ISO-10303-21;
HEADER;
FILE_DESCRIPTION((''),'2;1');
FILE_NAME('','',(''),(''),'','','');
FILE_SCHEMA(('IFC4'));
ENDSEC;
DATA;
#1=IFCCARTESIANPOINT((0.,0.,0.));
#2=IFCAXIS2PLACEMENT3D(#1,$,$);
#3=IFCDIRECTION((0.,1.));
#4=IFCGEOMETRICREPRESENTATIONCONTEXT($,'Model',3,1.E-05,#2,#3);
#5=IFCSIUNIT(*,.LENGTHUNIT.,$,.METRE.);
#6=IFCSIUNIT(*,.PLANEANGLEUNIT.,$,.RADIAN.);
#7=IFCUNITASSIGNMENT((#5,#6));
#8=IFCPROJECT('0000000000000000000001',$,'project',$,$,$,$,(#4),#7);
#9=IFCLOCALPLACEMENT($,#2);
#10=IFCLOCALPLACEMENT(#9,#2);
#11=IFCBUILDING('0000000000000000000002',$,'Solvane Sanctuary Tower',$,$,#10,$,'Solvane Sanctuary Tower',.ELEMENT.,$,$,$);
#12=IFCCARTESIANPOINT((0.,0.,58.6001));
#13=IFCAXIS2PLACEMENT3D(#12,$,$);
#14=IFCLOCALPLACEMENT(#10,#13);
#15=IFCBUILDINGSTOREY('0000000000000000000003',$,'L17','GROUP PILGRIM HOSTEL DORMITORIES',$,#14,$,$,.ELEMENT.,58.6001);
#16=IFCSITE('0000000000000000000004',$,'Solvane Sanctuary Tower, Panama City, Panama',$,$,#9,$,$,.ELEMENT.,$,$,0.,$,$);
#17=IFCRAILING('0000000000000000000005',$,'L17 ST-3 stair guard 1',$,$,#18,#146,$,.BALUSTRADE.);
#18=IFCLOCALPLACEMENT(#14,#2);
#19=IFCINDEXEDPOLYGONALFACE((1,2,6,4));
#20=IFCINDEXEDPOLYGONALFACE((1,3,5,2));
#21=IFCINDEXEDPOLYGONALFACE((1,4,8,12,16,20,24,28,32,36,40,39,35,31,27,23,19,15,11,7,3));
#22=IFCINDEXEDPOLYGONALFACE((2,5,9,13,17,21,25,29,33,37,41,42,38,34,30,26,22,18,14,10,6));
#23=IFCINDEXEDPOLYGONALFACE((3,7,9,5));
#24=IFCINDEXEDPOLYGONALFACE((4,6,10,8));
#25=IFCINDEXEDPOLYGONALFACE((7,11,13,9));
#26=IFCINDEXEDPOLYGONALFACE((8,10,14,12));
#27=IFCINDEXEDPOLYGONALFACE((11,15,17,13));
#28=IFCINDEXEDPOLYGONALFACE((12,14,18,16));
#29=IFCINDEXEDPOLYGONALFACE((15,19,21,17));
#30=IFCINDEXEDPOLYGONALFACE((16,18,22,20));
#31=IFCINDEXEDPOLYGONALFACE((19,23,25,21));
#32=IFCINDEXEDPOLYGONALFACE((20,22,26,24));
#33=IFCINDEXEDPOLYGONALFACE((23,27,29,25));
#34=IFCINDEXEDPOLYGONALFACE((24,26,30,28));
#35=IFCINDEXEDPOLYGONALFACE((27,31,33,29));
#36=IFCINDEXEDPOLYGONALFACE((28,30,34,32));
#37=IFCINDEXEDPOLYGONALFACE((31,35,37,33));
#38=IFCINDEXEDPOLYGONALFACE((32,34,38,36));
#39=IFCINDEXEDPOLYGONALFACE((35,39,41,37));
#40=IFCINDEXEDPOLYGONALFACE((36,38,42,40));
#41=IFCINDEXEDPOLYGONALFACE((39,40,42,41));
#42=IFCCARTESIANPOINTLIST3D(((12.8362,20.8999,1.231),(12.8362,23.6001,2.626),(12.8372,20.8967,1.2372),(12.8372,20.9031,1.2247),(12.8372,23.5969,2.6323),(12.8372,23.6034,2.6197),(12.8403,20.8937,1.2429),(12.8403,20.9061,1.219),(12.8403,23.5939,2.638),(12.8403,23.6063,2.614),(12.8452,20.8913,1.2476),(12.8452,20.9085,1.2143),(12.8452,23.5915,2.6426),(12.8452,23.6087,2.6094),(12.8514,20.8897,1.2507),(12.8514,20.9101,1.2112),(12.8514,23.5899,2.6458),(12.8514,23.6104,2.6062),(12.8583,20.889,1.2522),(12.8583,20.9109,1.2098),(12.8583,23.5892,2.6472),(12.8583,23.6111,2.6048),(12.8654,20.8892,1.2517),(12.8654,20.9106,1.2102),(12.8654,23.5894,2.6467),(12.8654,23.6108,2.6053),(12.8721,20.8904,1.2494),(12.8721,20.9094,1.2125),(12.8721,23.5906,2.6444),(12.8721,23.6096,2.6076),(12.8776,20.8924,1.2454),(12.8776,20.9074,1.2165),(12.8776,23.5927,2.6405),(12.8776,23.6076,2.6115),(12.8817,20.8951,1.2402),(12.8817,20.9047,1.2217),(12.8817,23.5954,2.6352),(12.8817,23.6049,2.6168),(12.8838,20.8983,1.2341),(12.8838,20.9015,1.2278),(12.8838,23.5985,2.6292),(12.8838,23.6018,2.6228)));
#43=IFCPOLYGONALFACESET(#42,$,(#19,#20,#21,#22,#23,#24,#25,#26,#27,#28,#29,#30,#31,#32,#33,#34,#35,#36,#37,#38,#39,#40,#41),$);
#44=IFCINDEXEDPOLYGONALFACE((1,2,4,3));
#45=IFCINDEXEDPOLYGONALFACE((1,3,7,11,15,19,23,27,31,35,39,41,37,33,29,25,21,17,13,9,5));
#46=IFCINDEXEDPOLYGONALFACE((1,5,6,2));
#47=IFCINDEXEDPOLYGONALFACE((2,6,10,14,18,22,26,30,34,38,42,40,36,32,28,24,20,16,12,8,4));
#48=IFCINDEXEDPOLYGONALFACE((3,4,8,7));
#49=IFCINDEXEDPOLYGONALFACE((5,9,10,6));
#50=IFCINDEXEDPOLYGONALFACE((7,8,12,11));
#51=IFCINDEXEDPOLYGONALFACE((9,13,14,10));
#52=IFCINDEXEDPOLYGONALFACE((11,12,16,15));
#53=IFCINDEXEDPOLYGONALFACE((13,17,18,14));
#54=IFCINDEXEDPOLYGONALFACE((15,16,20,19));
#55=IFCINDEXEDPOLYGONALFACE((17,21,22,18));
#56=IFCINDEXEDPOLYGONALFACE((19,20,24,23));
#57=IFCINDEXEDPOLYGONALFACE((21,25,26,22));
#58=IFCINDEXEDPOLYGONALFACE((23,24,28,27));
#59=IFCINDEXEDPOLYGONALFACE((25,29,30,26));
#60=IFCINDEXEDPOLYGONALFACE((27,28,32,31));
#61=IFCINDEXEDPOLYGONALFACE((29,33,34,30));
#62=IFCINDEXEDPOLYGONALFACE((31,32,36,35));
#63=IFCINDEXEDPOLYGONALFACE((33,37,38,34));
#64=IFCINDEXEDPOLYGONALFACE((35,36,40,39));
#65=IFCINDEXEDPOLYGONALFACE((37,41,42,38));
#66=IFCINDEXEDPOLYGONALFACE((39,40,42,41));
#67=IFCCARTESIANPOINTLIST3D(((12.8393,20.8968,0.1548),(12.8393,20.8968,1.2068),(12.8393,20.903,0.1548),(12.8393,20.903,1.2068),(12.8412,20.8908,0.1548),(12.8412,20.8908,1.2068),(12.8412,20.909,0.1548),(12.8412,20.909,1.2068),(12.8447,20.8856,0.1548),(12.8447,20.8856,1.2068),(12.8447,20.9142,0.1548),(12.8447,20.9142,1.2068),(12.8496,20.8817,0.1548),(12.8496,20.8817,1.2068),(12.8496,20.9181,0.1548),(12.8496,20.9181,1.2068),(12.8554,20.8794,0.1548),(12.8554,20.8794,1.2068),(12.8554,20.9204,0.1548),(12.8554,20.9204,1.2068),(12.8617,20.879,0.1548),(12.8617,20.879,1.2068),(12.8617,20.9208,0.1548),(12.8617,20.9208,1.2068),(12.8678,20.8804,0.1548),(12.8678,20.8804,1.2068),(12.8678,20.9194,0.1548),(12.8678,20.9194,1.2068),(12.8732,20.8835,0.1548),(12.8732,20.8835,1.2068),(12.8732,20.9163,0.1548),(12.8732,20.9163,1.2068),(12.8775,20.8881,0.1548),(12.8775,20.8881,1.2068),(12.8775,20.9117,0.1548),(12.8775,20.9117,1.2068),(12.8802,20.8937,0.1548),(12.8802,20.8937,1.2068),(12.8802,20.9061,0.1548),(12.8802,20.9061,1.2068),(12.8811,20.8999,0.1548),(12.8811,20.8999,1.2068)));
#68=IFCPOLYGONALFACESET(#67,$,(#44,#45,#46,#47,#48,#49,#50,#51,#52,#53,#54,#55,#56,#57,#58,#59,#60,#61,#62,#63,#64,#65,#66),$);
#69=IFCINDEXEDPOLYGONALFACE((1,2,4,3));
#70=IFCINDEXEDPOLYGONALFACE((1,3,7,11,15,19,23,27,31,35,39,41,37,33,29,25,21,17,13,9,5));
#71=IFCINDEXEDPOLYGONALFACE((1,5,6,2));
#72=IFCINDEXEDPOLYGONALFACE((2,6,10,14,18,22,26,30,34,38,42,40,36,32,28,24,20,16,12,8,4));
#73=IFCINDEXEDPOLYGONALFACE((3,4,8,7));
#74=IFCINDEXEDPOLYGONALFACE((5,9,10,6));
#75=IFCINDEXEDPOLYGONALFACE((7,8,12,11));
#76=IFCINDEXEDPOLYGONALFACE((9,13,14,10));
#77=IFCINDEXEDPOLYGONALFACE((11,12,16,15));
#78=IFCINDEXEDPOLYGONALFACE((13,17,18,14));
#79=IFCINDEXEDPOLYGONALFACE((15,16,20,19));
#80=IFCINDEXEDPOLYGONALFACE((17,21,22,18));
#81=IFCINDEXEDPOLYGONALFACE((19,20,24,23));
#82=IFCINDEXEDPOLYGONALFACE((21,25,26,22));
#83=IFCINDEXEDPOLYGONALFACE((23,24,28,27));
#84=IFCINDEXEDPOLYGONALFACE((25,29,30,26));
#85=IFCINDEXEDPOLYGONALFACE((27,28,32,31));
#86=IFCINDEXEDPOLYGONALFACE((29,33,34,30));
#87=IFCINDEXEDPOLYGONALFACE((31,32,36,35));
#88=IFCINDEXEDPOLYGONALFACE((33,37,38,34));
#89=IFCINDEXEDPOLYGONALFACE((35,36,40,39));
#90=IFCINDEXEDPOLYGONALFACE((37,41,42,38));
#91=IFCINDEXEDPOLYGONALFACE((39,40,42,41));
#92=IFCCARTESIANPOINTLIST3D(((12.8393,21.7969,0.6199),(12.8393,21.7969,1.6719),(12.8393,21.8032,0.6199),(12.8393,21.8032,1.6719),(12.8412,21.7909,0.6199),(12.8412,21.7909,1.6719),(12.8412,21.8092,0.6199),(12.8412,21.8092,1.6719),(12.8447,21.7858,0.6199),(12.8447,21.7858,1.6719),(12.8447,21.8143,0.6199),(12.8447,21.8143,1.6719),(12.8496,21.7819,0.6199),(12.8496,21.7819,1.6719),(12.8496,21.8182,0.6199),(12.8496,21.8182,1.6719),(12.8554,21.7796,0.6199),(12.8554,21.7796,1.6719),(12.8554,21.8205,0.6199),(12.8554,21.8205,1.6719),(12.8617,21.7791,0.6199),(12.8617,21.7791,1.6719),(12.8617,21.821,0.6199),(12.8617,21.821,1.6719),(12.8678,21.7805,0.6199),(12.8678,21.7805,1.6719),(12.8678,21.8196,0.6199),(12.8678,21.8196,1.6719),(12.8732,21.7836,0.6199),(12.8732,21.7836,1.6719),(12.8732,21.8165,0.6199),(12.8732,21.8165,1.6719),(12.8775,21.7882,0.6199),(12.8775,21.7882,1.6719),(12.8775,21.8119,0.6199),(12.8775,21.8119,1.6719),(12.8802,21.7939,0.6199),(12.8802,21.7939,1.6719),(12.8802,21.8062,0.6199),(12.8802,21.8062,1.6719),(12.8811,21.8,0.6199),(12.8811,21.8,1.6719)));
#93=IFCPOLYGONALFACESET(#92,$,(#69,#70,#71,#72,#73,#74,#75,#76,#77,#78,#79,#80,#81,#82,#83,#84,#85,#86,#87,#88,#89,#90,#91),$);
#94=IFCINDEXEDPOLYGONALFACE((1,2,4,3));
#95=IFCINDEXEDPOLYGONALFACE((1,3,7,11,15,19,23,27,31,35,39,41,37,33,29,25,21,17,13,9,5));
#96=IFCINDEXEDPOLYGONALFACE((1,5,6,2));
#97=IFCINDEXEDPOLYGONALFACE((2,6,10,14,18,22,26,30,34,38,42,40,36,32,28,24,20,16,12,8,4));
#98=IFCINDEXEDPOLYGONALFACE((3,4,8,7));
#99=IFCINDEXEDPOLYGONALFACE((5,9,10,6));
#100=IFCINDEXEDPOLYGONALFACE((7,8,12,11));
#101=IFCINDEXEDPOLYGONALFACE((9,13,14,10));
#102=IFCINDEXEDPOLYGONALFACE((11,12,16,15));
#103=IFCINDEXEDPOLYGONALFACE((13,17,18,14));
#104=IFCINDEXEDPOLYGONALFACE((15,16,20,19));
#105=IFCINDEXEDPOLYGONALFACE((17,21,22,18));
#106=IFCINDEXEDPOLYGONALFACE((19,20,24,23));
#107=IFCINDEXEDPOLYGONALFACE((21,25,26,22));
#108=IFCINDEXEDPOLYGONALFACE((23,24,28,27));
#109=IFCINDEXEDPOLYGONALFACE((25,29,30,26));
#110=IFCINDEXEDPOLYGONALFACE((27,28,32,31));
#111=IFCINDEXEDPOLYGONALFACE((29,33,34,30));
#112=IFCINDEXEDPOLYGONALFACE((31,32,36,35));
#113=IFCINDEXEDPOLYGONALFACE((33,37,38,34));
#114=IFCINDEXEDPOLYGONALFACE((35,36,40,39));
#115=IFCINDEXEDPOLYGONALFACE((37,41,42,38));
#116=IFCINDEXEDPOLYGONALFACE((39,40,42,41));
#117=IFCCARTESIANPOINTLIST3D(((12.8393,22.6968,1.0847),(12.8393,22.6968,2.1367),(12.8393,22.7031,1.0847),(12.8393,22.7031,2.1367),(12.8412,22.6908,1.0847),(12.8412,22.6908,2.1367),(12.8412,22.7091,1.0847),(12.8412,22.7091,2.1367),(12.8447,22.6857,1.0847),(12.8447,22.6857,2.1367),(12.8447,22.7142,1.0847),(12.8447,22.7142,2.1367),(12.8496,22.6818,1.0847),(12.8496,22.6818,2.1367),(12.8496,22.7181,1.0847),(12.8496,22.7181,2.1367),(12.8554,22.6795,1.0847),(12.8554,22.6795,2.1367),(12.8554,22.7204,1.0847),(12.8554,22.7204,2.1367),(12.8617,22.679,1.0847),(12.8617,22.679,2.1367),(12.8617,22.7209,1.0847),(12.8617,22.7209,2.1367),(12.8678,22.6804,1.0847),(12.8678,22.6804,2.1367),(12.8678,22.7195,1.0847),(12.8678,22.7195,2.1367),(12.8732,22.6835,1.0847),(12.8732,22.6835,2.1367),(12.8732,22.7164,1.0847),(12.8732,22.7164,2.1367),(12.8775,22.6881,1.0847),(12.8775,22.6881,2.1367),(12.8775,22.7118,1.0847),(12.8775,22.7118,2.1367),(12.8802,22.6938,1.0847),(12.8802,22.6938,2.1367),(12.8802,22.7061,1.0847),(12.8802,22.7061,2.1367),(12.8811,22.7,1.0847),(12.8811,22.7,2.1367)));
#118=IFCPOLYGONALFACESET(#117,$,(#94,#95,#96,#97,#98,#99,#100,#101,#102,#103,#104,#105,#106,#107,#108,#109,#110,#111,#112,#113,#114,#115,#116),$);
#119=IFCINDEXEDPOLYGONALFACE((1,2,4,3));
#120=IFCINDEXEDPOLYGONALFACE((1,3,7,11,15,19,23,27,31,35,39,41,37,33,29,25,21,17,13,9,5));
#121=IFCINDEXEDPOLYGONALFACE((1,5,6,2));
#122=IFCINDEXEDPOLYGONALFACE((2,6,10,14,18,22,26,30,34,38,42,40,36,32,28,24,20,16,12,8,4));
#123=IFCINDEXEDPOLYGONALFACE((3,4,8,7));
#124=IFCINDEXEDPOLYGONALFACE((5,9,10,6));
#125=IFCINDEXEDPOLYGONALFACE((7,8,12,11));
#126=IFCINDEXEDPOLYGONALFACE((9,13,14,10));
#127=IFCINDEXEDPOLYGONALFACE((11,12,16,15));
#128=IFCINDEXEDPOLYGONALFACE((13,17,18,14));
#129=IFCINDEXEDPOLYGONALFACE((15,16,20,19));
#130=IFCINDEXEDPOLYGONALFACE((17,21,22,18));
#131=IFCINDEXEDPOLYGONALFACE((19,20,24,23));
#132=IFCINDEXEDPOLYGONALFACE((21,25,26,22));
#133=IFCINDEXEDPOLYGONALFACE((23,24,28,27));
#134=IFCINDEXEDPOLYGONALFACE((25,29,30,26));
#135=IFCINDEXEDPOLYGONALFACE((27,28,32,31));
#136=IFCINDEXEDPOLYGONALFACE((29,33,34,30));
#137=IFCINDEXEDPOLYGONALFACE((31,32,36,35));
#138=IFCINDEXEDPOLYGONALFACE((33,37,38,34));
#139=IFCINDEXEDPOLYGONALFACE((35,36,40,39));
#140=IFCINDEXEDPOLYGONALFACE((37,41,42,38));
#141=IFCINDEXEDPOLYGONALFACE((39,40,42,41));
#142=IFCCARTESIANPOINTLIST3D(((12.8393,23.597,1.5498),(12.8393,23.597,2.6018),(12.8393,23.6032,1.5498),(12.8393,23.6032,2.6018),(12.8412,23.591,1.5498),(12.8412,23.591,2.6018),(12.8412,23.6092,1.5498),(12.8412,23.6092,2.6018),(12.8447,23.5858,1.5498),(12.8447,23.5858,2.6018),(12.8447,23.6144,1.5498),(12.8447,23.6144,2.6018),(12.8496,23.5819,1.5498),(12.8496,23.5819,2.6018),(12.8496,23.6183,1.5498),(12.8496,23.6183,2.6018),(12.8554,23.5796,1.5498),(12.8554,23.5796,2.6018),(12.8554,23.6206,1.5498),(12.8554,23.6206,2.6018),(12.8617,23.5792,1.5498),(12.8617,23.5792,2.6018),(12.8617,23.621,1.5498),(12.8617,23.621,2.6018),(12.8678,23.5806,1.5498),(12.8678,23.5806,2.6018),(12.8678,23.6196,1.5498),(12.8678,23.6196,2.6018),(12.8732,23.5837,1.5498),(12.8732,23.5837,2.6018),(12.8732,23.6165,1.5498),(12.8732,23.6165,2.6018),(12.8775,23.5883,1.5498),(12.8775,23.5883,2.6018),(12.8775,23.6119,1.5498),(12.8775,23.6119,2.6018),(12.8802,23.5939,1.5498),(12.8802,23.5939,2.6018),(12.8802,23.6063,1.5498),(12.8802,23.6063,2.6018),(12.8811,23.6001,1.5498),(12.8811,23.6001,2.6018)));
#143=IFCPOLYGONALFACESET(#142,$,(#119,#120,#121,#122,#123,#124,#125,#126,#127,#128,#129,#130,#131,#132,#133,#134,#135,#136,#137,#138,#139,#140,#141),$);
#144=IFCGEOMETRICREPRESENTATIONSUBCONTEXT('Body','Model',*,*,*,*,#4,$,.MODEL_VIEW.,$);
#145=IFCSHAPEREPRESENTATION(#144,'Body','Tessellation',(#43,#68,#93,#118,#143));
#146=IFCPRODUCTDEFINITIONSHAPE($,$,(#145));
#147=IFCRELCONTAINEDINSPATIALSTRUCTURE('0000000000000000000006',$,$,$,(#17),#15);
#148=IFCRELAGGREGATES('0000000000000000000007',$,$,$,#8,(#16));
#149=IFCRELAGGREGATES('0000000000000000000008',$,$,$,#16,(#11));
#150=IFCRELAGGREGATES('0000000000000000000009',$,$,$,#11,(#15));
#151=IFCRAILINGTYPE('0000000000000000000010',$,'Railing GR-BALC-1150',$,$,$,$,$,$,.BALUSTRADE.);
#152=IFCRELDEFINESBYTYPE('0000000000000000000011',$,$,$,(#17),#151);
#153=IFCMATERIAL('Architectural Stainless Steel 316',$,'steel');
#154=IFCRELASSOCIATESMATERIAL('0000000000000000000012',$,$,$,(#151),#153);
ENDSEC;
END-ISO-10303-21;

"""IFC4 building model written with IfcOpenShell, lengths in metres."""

from ifc_helpers import new_model, si_unit, direction, frame, origin, origin_2d, place, context, subcontext, project, spatial, circle, extrude, material, type_object, element, save


model = new_model("IFC4")

# Units and contexts
model_context = context("Model", 3, precision=1e-05, world=origin(), true_north=direction((0.0, 1.0)))
body_context = subcontext(model_context, "Body", "Model", "MODEL_VIEW")
ifc_project = project(units=[si_unit("LENGTHUNIT", "METRE"), si_unit("PLANEANGLEUNIT", "RADIAN")], contexts=[model_context])

# Site, building, storey
site_placement = place(None, origin())
site = spatial("IfcSite", under=ifc_project, at=site_placement, Name="Solvane Sanctuary Tower, Panama City, Panama", CompositionType="ELEMENT", RefElevation=0.0)
building_placement = place(site_placement, origin())
building = spatial("IfcBuilding", under=site, at=building_placement, Name="Solvane Sanctuary Tower", LongName="Solvane Sanctuary Tower", CompositionType="ELEMENT")
storey_placement = place(building_placement, frame((0.0, 0.0, 58.6001)))
storey = spatial("IfcBuildingStorey", under=building, at=storey_placement, Name="L17", Description="GROUP PILGRIM HOSTEL DORMITORIES", CompositionType="ELEMENT", Elevation=58.6001)

# Railing
ifc_material_1 = material(Name="Architectural Stainless Steel 316", Category="steel")
railing_type_1 = type_object("IfcRailingType", Name="Railing GR-BALC-1150", PredefinedType="BALUSTRADE", material=ifc_material_1)
railing_1_placement = place(storey_placement, frame((12.8601, 20.8999, 0.1548)))
element("IfcRailing", 1, at=railing_1_placement, inside=storey, type_object=railing_type_1, Name="L17 ST-3 stair guard 1", PredefinedType="BALUSTRADE", context=body_context, shape_type="SweptSolid", body=[
    extrude(circle(Radius=0.0239, at=origin_2d()), frame((0.0, 0.0, 1.0762), z_axis=(0.0, 0.888437, 0.458999), x_axis=(-1.0, 0.0, 0.0)), (0.0, 0.0, 1.0), 3.0393),
    extrude(circle(Radius=0.021, at=origin_2d()), origin(), (0.0, 0.0, 1.0), 1.052),
    extrude(circle(Radius=0.021, at=origin_2d()), frame((0.0, 0.9001, 0.4651)), (0.0, 0.0, 1.0), 1.052),
    extrude(circle(Radius=0.021, at=origin_2d()), frame((0.0, 1.8, 0.9299)), (0.0, 0.0, 1.0), 1.052),
    extrude(circle(Radius=0.021, at=origin_2d()), frame((0.0, 2.7002, 1.395)), (0.0, 0.0, 1.0), 1.052),
])

save(model, "model.ifc")
